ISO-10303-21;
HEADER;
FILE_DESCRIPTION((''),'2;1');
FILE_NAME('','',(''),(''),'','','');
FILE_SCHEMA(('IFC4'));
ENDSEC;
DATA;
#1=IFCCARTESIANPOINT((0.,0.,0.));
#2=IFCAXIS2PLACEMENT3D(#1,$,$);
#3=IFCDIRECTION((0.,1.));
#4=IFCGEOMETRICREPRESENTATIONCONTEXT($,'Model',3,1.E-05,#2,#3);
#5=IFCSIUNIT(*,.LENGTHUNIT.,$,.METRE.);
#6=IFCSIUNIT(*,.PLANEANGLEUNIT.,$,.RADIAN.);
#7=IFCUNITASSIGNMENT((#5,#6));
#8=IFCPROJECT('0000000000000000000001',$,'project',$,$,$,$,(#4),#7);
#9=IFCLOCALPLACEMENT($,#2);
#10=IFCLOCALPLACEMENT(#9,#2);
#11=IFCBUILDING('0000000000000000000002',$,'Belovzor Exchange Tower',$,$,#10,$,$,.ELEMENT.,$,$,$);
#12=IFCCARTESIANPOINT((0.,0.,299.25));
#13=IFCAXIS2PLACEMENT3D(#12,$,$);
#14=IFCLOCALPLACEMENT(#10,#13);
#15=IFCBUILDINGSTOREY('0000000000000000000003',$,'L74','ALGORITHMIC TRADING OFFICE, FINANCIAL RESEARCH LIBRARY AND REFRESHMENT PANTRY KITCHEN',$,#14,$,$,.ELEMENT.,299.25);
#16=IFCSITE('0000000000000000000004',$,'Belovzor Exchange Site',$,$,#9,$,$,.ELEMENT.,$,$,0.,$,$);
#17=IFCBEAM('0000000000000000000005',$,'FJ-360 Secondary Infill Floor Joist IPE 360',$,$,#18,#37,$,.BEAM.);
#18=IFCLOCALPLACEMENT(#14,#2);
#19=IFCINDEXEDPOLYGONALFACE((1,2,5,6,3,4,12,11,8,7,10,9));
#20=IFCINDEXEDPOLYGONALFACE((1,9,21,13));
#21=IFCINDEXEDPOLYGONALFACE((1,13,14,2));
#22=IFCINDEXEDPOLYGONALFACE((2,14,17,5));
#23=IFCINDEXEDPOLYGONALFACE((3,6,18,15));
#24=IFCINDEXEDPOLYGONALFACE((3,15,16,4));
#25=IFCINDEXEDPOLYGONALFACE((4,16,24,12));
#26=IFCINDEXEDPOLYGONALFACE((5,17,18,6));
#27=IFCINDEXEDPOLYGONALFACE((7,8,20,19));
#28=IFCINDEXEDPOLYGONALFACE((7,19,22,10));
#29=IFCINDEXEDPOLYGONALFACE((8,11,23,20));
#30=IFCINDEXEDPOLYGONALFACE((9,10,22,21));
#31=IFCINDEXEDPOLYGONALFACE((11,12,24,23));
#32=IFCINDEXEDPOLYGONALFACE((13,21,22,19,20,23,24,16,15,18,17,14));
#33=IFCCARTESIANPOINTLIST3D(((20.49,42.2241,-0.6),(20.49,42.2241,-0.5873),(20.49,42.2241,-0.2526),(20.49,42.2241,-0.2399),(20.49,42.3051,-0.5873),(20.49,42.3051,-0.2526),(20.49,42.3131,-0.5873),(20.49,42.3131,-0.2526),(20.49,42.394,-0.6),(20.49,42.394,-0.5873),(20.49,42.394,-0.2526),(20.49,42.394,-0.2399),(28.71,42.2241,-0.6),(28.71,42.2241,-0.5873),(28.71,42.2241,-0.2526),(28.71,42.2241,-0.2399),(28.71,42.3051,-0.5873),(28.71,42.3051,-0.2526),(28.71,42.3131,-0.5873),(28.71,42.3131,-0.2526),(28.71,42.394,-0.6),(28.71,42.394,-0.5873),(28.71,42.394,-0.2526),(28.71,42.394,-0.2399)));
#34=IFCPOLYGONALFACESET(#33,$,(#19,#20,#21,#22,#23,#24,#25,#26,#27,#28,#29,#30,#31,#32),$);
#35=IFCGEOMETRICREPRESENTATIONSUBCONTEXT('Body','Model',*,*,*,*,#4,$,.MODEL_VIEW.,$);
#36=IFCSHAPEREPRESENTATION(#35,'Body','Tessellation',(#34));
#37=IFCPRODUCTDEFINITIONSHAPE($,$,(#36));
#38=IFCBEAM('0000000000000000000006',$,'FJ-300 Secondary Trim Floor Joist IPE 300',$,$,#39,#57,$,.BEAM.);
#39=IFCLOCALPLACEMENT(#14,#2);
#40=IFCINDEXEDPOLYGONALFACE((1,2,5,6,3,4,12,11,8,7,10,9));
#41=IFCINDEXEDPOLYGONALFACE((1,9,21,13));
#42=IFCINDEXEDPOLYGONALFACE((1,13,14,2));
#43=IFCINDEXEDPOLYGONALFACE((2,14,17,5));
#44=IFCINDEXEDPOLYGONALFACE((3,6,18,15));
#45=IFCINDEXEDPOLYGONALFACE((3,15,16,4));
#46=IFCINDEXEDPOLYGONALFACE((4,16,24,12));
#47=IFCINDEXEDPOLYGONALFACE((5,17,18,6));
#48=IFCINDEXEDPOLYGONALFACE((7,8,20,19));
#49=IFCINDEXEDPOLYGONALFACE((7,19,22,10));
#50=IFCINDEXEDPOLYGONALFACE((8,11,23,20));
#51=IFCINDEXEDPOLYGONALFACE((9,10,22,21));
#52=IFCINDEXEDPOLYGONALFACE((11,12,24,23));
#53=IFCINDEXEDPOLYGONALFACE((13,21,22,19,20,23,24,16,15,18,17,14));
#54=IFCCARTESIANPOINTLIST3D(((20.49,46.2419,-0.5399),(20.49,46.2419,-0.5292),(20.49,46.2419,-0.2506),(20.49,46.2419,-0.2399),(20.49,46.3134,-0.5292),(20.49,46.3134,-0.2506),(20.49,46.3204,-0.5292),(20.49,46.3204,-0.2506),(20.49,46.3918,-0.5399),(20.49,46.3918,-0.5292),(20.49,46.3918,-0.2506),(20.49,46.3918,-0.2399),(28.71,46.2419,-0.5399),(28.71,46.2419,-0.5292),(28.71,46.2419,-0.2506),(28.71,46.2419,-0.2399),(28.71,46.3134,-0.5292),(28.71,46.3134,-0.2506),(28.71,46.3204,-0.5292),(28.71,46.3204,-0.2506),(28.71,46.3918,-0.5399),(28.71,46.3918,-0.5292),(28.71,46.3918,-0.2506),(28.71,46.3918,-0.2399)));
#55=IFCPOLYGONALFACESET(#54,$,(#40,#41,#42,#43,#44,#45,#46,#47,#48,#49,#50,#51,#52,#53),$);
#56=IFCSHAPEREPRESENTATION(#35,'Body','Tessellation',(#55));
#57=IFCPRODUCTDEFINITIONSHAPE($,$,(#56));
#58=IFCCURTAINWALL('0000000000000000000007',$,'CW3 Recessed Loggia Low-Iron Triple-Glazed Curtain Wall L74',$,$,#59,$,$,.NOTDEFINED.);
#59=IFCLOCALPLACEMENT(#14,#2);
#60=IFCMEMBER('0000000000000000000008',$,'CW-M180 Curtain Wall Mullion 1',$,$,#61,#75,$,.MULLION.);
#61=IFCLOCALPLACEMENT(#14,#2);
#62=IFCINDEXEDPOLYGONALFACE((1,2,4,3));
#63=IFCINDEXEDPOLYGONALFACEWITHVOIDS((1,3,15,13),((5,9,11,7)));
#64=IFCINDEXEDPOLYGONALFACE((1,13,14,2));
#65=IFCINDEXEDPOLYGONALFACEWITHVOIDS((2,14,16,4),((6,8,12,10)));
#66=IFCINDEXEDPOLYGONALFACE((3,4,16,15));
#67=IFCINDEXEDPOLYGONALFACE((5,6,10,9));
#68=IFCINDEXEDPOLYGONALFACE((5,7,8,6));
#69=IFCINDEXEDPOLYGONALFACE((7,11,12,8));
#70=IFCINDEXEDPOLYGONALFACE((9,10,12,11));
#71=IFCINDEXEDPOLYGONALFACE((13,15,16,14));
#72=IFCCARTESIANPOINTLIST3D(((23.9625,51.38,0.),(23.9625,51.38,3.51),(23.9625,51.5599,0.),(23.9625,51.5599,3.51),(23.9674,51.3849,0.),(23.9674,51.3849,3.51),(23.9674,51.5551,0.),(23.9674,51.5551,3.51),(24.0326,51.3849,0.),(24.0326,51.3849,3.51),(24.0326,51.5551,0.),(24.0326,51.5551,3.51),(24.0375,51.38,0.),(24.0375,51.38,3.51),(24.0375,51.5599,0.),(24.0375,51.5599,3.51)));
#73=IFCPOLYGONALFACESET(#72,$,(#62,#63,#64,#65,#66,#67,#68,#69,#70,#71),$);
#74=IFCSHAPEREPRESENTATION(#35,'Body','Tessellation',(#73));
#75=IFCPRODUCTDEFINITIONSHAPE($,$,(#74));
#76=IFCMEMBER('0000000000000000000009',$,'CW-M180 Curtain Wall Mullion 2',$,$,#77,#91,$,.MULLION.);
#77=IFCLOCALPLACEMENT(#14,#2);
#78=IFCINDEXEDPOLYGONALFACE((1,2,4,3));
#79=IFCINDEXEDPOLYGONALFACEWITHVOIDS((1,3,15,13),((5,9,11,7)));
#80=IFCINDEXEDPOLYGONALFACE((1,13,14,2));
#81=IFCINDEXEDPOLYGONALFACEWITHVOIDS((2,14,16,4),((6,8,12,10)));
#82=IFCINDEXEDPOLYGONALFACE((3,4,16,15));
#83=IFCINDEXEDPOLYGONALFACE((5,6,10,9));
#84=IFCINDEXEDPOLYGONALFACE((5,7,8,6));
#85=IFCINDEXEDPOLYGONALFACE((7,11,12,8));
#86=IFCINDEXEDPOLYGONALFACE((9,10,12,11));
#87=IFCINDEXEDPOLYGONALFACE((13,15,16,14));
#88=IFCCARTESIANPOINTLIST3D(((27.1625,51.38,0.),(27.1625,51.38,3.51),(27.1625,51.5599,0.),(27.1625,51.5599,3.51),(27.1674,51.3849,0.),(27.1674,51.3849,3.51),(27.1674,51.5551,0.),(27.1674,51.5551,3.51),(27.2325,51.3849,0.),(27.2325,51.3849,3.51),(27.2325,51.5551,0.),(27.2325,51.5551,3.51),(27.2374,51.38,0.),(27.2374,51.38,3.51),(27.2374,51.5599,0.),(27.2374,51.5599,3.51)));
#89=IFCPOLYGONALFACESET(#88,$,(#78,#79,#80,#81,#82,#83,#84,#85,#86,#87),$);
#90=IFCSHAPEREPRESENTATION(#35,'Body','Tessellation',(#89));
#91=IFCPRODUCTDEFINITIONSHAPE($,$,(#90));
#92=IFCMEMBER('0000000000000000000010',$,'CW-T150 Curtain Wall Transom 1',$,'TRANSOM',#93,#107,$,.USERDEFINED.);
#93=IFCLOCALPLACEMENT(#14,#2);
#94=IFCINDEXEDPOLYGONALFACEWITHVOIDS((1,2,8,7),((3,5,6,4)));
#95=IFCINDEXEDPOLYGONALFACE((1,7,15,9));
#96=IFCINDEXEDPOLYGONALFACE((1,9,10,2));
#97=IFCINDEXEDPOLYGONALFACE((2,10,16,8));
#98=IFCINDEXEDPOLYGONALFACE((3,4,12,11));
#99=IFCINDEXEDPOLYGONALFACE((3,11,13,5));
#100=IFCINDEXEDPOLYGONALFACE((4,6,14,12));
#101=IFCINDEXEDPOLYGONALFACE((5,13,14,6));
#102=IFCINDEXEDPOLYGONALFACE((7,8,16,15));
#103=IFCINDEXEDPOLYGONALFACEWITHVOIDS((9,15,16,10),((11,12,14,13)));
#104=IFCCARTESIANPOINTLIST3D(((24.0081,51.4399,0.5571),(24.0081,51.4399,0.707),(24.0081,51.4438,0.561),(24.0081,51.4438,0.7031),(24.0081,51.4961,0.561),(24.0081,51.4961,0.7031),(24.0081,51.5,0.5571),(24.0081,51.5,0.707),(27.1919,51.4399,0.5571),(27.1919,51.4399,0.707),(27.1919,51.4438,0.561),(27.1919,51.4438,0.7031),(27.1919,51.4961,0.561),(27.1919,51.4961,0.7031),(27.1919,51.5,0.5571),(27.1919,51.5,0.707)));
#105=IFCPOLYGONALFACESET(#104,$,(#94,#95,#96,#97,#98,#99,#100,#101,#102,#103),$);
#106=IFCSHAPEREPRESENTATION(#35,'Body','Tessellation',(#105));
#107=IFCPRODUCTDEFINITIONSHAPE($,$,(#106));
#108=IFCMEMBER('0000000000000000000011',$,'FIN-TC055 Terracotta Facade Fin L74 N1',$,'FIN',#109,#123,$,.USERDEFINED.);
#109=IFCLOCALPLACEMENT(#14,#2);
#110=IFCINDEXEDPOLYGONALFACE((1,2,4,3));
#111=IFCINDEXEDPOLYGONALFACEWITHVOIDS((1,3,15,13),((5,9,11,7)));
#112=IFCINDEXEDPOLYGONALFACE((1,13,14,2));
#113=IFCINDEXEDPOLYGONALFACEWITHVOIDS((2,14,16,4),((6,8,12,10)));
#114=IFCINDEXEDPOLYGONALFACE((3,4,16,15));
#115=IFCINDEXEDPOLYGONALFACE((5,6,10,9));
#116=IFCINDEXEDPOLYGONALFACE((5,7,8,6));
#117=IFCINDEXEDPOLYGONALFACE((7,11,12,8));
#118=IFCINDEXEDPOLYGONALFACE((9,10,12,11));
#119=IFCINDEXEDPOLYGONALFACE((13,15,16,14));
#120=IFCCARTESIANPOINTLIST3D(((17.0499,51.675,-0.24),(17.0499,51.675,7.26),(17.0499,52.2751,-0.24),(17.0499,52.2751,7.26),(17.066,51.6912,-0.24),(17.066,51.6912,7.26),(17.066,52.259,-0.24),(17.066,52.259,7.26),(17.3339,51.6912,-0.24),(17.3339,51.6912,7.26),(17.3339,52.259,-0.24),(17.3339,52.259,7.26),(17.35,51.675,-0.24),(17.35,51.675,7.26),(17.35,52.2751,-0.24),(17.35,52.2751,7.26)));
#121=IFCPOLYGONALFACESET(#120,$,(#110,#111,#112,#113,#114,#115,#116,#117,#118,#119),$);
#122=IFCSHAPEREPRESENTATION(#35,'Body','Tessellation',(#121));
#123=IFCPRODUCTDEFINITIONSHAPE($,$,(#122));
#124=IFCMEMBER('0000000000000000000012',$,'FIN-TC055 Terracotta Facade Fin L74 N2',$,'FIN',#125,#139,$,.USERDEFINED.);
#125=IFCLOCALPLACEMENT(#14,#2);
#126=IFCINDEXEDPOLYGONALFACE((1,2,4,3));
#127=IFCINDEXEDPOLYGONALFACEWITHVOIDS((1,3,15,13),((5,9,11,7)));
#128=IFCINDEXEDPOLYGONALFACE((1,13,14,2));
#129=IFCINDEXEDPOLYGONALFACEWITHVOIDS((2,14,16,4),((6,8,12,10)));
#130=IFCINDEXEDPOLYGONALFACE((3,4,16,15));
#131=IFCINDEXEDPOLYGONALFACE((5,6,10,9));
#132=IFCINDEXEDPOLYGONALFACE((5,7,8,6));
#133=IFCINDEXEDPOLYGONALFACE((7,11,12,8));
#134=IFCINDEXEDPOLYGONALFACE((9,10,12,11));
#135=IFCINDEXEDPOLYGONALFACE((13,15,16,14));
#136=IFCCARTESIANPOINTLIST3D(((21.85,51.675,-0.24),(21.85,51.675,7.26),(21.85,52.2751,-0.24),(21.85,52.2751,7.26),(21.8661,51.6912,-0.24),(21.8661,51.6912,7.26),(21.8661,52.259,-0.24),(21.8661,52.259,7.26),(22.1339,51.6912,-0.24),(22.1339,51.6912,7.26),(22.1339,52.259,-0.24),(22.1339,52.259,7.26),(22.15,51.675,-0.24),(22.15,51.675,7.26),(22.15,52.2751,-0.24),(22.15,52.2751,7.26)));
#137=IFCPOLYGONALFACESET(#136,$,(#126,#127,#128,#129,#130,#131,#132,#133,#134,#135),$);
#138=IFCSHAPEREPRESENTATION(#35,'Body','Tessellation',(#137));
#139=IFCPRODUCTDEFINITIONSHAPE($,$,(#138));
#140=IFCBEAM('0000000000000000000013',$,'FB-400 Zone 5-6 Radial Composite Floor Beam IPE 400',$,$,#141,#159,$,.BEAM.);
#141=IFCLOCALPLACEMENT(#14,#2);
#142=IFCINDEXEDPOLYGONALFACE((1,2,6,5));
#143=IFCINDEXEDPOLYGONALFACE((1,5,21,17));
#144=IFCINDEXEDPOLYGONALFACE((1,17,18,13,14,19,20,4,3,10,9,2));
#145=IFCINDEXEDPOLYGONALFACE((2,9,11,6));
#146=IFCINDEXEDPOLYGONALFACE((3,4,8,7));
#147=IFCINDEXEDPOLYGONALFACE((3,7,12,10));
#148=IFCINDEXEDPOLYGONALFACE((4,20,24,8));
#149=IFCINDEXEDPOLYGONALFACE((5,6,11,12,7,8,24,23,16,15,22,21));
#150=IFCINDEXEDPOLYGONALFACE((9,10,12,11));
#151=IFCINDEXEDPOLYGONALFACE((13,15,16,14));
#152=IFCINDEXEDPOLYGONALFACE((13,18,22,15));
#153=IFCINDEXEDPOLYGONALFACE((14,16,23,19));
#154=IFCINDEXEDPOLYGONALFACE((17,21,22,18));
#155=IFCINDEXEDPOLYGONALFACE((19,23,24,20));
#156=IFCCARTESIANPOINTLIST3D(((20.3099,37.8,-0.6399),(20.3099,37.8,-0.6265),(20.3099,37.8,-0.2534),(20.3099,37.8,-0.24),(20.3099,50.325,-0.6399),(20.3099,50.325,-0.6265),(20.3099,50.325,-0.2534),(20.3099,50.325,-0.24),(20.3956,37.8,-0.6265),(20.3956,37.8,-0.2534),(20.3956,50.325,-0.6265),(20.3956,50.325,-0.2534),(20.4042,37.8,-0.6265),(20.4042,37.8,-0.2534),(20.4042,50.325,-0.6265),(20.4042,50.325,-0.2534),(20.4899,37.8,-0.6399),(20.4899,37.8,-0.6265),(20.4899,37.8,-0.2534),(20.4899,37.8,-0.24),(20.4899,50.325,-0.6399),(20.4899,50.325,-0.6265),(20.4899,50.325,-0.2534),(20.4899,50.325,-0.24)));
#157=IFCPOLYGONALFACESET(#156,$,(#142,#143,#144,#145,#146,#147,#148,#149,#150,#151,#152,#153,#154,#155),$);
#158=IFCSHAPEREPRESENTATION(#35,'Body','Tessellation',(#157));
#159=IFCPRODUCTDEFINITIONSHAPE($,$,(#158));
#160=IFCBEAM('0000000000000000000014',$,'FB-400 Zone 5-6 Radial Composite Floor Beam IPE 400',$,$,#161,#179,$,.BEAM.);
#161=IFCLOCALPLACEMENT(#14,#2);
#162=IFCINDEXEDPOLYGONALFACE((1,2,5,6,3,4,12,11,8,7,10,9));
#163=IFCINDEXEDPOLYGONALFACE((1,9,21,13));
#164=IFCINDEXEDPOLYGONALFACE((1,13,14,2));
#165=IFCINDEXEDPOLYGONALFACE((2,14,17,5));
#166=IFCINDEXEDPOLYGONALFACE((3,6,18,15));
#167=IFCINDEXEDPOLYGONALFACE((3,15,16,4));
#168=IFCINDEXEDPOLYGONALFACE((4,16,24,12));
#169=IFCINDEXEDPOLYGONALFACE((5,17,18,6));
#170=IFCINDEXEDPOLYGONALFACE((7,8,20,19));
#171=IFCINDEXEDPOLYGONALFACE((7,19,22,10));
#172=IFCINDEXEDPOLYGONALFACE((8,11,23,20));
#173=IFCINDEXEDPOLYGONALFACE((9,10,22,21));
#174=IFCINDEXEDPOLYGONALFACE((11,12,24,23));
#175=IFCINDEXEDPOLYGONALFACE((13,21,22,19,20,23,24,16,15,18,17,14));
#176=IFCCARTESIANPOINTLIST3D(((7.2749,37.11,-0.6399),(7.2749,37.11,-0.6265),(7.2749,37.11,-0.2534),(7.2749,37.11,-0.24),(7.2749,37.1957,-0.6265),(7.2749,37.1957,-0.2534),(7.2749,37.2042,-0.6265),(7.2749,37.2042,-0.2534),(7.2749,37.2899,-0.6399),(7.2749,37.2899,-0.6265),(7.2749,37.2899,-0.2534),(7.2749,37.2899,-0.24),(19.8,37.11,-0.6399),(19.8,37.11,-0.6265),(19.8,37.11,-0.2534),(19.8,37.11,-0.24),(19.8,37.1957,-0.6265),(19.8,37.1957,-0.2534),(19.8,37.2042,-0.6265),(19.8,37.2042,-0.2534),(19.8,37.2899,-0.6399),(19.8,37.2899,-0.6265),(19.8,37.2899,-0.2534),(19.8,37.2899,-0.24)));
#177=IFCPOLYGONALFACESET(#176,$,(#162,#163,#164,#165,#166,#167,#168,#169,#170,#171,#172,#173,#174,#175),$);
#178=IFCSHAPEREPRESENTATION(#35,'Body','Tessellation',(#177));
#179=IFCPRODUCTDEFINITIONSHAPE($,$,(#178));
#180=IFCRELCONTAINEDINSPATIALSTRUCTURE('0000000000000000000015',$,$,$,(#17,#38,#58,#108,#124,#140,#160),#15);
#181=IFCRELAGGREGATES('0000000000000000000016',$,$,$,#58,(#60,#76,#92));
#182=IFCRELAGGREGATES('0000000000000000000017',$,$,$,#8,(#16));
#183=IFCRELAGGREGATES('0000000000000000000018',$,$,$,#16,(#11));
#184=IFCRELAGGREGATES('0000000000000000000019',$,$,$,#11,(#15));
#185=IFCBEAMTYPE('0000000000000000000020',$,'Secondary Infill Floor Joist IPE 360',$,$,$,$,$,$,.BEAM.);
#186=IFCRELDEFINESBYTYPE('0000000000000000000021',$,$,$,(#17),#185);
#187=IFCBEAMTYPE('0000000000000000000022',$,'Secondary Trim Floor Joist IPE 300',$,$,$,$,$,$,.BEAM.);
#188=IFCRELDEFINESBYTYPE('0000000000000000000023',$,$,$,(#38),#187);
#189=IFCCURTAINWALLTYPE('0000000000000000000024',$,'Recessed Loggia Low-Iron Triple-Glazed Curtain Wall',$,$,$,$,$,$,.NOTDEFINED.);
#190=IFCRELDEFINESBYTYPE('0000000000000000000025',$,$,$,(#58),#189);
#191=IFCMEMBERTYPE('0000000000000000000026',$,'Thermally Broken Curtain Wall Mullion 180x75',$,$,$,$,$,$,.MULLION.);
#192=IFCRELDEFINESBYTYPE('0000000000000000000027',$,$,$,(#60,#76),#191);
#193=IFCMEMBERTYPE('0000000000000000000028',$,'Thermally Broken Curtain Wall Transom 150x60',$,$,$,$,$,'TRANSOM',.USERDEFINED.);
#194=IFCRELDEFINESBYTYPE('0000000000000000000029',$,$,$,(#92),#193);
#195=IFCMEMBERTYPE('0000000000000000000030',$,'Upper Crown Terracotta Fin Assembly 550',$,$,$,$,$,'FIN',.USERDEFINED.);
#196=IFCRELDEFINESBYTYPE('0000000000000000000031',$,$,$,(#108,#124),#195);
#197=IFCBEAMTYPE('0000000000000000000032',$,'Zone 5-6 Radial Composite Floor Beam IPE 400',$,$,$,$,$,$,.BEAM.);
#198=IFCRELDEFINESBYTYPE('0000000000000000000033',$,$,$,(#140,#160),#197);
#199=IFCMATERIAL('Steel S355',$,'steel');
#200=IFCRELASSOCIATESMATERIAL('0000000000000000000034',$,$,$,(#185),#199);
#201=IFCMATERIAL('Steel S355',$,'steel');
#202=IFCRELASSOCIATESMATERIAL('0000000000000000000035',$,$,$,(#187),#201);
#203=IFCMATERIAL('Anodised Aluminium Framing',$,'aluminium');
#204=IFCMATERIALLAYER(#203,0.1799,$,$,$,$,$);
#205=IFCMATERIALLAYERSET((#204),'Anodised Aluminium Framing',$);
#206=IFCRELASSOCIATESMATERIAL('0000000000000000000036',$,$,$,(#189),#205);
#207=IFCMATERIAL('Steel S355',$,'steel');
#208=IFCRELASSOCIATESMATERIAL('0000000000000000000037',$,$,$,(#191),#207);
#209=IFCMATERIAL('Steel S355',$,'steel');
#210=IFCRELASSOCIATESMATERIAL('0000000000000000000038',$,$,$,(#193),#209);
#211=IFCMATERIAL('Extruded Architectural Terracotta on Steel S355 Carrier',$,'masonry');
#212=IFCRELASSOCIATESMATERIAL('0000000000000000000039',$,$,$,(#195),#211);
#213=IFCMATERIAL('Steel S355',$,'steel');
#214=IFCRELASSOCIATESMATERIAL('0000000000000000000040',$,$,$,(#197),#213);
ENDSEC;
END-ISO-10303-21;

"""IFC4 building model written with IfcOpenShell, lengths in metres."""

from ifc_helpers import new_model, si_unit, direction, frame, origin, origin_2d, place, context, subcontext, project, spatial, hollow_rectangle, i_section, extrude, material, layer, layer_set, material_profile, profile_set, type_object, element, aggregate, save


model = new_model("IFC4")

# Units and contexts
model_context = context("Model", 3, precision=1e-05, world=origin(), true_north=direction((0.0, 1.0)))
body_context = subcontext(model_context, "Body", "Model", "MODEL_VIEW")
ifc_project = project(units=[si_unit("LENGTHUNIT", "METRE"), si_unit("PLANEANGLEUNIT", "RADIAN")], contexts=[model_context])

# Site, building, storey
site_placement = place(None, origin())
site = spatial("IfcSite", under=ifc_project, at=site_placement, Name="Belovzor Exchange Site", CompositionType="ELEMENT", RefElevation=0.0)
building_placement = place(site_placement, origin())
building = spatial("IfcBuilding", under=site, at=building_placement, Name="Belovzor Exchange Tower", CompositionType="ELEMENT")
storey_placement = place(building_placement, frame((0.0, 0.0, 299.25)))
storey = spatial("IfcBuildingStorey", under=building, at=storey_placement, Name="L74", Description="ALGORITHMIC TRADING OFFICE, FINANCIAL RESEARCH LIBRARY AND REFRESHMENT PANTRY KITCHEN", CompositionType="ELEMENT", Elevation=299.25)

# Beams
ifc_material_1 = material(Name="Steel S355", Category="steel")
ifc_material_profile_1 = material_profile(ifc_material_1, i_section(OverallWidth=0.1699, OverallDepth=0.3601, WebThickness=0.0081, FlangeThickness=0.0127, at=origin_2d()))
ifc_profile_set_1 = profile_set([ifc_material_profile_1], Name="Steel S355")
beam_type_1 = type_object("IfcBeamType", Name="Secondary Infill Floor Joist IPE 360", PredefinedType="BEAM", material=ifc_profile_set_1)
beam_1_placement = place(storey_placement, frame((20.49, 42.3091, -0.4199), z_axis=(1.0, 0.0, 0.0), x_axis=(0.0, 1.0, 0.0)))
element("IfcBeam", 1, at=beam_1_placement, inside=storey, type_object=beam_type_1, Name="FJ-360 Secondary Infill Floor Joist IPE 360", PredefinedType="BEAM", context=body_context, shape_type="SweptSolid", body=[
    extrude(i_section(OverallWidth=0.1699, OverallDepth=0.3601, WebThickness=0.0081, FlangeThickness=0.0127, at=origin_2d()), origin(), (0.0, 0.0, 1.0), 8.22),
])
ifc_material_2 = material(Name="Steel S355", Category="steel")
ifc_material_profile_2 = material_profile(ifc_material_2, i_section(OverallWidth=0.1499, OverallDepth=0.3, WebThickness=0.0071, FlangeThickness=0.0107, at=origin_2d()))
ifc_profile_set_2 = profile_set([ifc_material_profile_2], Name="Steel S355")
beam_type_2 = type_object("IfcBeamType", Name="Secondary Trim Floor Joist IPE 300", PredefinedType="BEAM", material=ifc_profile_set_2)
beam_2_placement = place(storey_placement, frame((20.49, 46.3169, -0.3899), z_axis=(1.0, 0.0, 0.0), x_axis=(0.0, 1.0, 0.0)))
element("IfcBeam", 2, at=beam_2_placement, inside=storey, type_object=beam_type_2, Name="FJ-300 Secondary Trim Floor Joist IPE 300", PredefinedType="BEAM", context=body_context, shape_type="SweptSolid", body=[
    extrude(i_section(OverallWidth=0.1499, OverallDepth=0.3, WebThickness=0.0071, FlangeThickness=0.0107, at=origin_2d()), origin(), (0.0, 0.0, 1.0), 8.22),
])

# Curtain wall, members
ifc_material_3 = material(Name="Anodised Aluminium Framing", Category="aluminium")
ifc_layer_1 = layer(ifc_material_3, 0.1799)
ifc_layer_set_1 = layer_set([ifc_layer_1], Name="Anodised Aluminium Framing")
curtain_wall_type = type_object("IfcCurtainWallType", Name="Recessed Loggia Low-Iron Triple-Glazed Curtain Wall", PredefinedType="NOTDEFINED", material=ifc_layer_set_1)
curtain_wall_placement = place(storey_placement, origin())
curtain_wall = element("IfcCurtainWall", 3, at=curtain_wall_placement, inside=storey, type_object=curtain_wall_type, Name="CW3 Recessed Loggia Low-Iron Triple-Glazed Curtain Wall L74", PredefinedType="NOTDEFINED")
ifc_material_4 = material(Name="Steel S355", Category="steel")
ifc_material_profile_3 = material_profile(ifc_material_4, hollow_rectangle(XDim=0.075, YDim=0.1799, WallThickness=0.0049, at=origin_2d()))
ifc_profile_set_3 = profile_set([ifc_material_profile_3], Name="Steel S355")
member_type_1 = type_object("IfcMemberType", Name="Thermally Broken Curtain Wall Mullion 180x75", PredefinedType="MULLION", material=ifc_profile_set_3)
member_1_placement = place(storey_placement, frame((24.0, 51.47, 0.0), z_axis=(0.0, 0.0, 1.0), x_axis=(1.0, 0.0, 0.0)))
member_1 = element("IfcMember", 4, at=member_1_placement, type_object=member_type_1, Name="CW-M180 Curtain Wall Mullion 1", PredefinedType="MULLION", context=body_context, shape_type="SweptSolid", body=[
    extrude(hollow_rectangle(XDim=0.075, YDim=0.1799, WallThickness=0.0049, at=origin_2d()), origin(), (0.0, 0.0, 1.0), 3.51),
])
member_2_placement = place(storey_placement, frame((27.2, 51.47, 0.0), z_axis=(0.0, 0.0, 1.0), x_axis=(1.0, 0.0, 0.0)))
member_2 = element("IfcMember", 5, at=member_2_placement, type_object=member_type_1, Name="CW-M180 Curtain Wall Mullion 2", PredefinedType="MULLION", context=body_context, shape_type="SweptSolid", body=[
    extrude(hollow_rectangle(XDim=0.075, YDim=0.1799, WallThickness=0.0049, at=origin_2d()), origin(), (0.0, 0.0, 1.0), 3.51),
])
ifc_material_5 = material(Name="Steel S355", Category="steel")
ifc_material_profile_4 = material_profile(ifc_material_5, hollow_rectangle(XDim=0.0601, YDim=0.1499, WallThickness=0.0039, at=origin_2d()))
ifc_profile_set_4 = profile_set([ifc_material_profile_4], Name="Steel S355")
member_type_2 = type_object("IfcMemberType", Name="Thermally Broken Curtain Wall Transom 150x60", ElementType="TRANSOM", PredefinedType="USERDEFINED", material=ifc_profile_set_4)
member_3_placement = place(storey_placement, frame((24.0081, 51.47, 0.6321), z_axis=(1.0, 0.0, 0.0), x_axis=(0.0, 1.0, 0.0)))
member_3 = element("IfcMember", 6, at=member_3_placement, type_object=member_type_2, Name="CW-T150 Curtain Wall Transom 1", ObjectType="TRANSOM", PredefinedType="USERDEFINED", context=body_context, shape_type="SweptSolid", body=[
    extrude(hollow_rectangle(XDim=0.0601, YDim=0.1499, WallThickness=0.0039, at=origin_2d()), origin(), (0.0, 0.0, 1.0), 3.1838),
])

# Members
ifc_material_6 = material(Name="Extruded Architectural Terracotta on Steel S355 Carrier", Category="masonry")
ifc_material_profile_5 = material_profile(ifc_material_6, hollow_rectangle(XDim=0.3, YDim=0.6001, WallThickness=0.0161, at=origin_2d()))
ifc_profile_set_5 = profile_set([ifc_material_profile_5], Name="Extruded Architectural Terracotta on Steel S355 Carrier")
member_type_3 = type_object("IfcMemberType", Name="Upper Crown Terracotta Fin Assembly 550", ElementType="FIN", PredefinedType="USERDEFINED", material=ifc_profile_set_5)
for number, where, z_axis, x_axis, name in (
    (7, (17.2, 51.9751, -0.24), (0.0, 0.0, 1.0), (1.0, 0.0, 0.0), "FIN-TC055 Terracotta Facade Fin L74 N1"),
    (8, (22.0, 51.9751, -0.24), (0.0, 0.0, 1.0), (1.0, 0.0, 0.0), "FIN-TC055 Terracotta Facade Fin L74 N2"),
):
    element("IfcMember", number, at=place(storey_placement, frame(where, z_axis=z_axis, x_axis=x_axis)), inside=storey, type_object=member_type_3, Name=name, ObjectType="FIN", PredefinedType="USERDEFINED", context=body_context, shape_type="SweptSolid", body=[
        extrude(hollow_rectangle(XDim=0.3, YDim=0.6001, WallThickness=0.0161, at=origin_2d()), origin(), (0.0, 0.0, 1.0), 7.5),
    ])

# Beams
ifc_material_7 = material(Name="Steel S355", Category="steel")
ifc_material_profile_6 = material_profile(ifc_material_7, i_section(OverallWidth=0.1799, OverallDepth=0.3999, WebThickness=0.0085, FlangeThickness=0.0134, at=origin_2d()))
ifc_profile_set_6 = profile_set([ifc_material_profile_6], Name="Steel S355")
beam_type_3 = type_object("IfcBeamType", Name="Zone 5-6 Radial Composite Floor Beam IPE 400", PredefinedType="BEAM", material=ifc_profile_set_6)
beam_3_placement = place(storey_placement, frame((20.3999, 37.8, -0.4399), z_axis=(0.0, 1.0, 0.0), x_axis=(-1.0, 0.0, 0.0)))
element("IfcBeam", 9, at=beam_3_placement, inside=storey, type_object=beam_type_3, Name="FB-400 Zone 5-6 Radial Composite Floor Beam IPE 400", PredefinedType="BEAM", context=body_context, shape_type="SweptSolid", body=[
    extrude(i_section(OverallWidth=0.1799, OverallDepth=0.3999, WebThickness=0.0085, FlangeThickness=0.0134, at=origin_2d()), origin(), (0.0, 0.0, 1.0), 12.5249),
])
beam_4_placement = place(storey_placement, frame((19.8, 37.2, -0.4399), z_axis=(-1.0, 0.0, 0.0), x_axis=(0.0, -1.0, 0.0)))
element("IfcBeam", 10, at=beam_4_placement, inside=storey, type_object=beam_type_3, Name="FB-400 Zone 5-6 Radial Composite Floor Beam IPE 400", PredefinedType="BEAM", context=body_context, shape_type="SweptSolid", body=[
    extrude(i_section(OverallWidth=0.1799, OverallDepth=0.3999, WebThickness=0.0085, FlangeThickness=0.0134, at=origin_2d()), origin(), (0.0, 0.0, 1.0), 12.5251),
])

aggregate(curtain_wall, [member_1, member_2, member_3])

save(model, "model.ifc")
